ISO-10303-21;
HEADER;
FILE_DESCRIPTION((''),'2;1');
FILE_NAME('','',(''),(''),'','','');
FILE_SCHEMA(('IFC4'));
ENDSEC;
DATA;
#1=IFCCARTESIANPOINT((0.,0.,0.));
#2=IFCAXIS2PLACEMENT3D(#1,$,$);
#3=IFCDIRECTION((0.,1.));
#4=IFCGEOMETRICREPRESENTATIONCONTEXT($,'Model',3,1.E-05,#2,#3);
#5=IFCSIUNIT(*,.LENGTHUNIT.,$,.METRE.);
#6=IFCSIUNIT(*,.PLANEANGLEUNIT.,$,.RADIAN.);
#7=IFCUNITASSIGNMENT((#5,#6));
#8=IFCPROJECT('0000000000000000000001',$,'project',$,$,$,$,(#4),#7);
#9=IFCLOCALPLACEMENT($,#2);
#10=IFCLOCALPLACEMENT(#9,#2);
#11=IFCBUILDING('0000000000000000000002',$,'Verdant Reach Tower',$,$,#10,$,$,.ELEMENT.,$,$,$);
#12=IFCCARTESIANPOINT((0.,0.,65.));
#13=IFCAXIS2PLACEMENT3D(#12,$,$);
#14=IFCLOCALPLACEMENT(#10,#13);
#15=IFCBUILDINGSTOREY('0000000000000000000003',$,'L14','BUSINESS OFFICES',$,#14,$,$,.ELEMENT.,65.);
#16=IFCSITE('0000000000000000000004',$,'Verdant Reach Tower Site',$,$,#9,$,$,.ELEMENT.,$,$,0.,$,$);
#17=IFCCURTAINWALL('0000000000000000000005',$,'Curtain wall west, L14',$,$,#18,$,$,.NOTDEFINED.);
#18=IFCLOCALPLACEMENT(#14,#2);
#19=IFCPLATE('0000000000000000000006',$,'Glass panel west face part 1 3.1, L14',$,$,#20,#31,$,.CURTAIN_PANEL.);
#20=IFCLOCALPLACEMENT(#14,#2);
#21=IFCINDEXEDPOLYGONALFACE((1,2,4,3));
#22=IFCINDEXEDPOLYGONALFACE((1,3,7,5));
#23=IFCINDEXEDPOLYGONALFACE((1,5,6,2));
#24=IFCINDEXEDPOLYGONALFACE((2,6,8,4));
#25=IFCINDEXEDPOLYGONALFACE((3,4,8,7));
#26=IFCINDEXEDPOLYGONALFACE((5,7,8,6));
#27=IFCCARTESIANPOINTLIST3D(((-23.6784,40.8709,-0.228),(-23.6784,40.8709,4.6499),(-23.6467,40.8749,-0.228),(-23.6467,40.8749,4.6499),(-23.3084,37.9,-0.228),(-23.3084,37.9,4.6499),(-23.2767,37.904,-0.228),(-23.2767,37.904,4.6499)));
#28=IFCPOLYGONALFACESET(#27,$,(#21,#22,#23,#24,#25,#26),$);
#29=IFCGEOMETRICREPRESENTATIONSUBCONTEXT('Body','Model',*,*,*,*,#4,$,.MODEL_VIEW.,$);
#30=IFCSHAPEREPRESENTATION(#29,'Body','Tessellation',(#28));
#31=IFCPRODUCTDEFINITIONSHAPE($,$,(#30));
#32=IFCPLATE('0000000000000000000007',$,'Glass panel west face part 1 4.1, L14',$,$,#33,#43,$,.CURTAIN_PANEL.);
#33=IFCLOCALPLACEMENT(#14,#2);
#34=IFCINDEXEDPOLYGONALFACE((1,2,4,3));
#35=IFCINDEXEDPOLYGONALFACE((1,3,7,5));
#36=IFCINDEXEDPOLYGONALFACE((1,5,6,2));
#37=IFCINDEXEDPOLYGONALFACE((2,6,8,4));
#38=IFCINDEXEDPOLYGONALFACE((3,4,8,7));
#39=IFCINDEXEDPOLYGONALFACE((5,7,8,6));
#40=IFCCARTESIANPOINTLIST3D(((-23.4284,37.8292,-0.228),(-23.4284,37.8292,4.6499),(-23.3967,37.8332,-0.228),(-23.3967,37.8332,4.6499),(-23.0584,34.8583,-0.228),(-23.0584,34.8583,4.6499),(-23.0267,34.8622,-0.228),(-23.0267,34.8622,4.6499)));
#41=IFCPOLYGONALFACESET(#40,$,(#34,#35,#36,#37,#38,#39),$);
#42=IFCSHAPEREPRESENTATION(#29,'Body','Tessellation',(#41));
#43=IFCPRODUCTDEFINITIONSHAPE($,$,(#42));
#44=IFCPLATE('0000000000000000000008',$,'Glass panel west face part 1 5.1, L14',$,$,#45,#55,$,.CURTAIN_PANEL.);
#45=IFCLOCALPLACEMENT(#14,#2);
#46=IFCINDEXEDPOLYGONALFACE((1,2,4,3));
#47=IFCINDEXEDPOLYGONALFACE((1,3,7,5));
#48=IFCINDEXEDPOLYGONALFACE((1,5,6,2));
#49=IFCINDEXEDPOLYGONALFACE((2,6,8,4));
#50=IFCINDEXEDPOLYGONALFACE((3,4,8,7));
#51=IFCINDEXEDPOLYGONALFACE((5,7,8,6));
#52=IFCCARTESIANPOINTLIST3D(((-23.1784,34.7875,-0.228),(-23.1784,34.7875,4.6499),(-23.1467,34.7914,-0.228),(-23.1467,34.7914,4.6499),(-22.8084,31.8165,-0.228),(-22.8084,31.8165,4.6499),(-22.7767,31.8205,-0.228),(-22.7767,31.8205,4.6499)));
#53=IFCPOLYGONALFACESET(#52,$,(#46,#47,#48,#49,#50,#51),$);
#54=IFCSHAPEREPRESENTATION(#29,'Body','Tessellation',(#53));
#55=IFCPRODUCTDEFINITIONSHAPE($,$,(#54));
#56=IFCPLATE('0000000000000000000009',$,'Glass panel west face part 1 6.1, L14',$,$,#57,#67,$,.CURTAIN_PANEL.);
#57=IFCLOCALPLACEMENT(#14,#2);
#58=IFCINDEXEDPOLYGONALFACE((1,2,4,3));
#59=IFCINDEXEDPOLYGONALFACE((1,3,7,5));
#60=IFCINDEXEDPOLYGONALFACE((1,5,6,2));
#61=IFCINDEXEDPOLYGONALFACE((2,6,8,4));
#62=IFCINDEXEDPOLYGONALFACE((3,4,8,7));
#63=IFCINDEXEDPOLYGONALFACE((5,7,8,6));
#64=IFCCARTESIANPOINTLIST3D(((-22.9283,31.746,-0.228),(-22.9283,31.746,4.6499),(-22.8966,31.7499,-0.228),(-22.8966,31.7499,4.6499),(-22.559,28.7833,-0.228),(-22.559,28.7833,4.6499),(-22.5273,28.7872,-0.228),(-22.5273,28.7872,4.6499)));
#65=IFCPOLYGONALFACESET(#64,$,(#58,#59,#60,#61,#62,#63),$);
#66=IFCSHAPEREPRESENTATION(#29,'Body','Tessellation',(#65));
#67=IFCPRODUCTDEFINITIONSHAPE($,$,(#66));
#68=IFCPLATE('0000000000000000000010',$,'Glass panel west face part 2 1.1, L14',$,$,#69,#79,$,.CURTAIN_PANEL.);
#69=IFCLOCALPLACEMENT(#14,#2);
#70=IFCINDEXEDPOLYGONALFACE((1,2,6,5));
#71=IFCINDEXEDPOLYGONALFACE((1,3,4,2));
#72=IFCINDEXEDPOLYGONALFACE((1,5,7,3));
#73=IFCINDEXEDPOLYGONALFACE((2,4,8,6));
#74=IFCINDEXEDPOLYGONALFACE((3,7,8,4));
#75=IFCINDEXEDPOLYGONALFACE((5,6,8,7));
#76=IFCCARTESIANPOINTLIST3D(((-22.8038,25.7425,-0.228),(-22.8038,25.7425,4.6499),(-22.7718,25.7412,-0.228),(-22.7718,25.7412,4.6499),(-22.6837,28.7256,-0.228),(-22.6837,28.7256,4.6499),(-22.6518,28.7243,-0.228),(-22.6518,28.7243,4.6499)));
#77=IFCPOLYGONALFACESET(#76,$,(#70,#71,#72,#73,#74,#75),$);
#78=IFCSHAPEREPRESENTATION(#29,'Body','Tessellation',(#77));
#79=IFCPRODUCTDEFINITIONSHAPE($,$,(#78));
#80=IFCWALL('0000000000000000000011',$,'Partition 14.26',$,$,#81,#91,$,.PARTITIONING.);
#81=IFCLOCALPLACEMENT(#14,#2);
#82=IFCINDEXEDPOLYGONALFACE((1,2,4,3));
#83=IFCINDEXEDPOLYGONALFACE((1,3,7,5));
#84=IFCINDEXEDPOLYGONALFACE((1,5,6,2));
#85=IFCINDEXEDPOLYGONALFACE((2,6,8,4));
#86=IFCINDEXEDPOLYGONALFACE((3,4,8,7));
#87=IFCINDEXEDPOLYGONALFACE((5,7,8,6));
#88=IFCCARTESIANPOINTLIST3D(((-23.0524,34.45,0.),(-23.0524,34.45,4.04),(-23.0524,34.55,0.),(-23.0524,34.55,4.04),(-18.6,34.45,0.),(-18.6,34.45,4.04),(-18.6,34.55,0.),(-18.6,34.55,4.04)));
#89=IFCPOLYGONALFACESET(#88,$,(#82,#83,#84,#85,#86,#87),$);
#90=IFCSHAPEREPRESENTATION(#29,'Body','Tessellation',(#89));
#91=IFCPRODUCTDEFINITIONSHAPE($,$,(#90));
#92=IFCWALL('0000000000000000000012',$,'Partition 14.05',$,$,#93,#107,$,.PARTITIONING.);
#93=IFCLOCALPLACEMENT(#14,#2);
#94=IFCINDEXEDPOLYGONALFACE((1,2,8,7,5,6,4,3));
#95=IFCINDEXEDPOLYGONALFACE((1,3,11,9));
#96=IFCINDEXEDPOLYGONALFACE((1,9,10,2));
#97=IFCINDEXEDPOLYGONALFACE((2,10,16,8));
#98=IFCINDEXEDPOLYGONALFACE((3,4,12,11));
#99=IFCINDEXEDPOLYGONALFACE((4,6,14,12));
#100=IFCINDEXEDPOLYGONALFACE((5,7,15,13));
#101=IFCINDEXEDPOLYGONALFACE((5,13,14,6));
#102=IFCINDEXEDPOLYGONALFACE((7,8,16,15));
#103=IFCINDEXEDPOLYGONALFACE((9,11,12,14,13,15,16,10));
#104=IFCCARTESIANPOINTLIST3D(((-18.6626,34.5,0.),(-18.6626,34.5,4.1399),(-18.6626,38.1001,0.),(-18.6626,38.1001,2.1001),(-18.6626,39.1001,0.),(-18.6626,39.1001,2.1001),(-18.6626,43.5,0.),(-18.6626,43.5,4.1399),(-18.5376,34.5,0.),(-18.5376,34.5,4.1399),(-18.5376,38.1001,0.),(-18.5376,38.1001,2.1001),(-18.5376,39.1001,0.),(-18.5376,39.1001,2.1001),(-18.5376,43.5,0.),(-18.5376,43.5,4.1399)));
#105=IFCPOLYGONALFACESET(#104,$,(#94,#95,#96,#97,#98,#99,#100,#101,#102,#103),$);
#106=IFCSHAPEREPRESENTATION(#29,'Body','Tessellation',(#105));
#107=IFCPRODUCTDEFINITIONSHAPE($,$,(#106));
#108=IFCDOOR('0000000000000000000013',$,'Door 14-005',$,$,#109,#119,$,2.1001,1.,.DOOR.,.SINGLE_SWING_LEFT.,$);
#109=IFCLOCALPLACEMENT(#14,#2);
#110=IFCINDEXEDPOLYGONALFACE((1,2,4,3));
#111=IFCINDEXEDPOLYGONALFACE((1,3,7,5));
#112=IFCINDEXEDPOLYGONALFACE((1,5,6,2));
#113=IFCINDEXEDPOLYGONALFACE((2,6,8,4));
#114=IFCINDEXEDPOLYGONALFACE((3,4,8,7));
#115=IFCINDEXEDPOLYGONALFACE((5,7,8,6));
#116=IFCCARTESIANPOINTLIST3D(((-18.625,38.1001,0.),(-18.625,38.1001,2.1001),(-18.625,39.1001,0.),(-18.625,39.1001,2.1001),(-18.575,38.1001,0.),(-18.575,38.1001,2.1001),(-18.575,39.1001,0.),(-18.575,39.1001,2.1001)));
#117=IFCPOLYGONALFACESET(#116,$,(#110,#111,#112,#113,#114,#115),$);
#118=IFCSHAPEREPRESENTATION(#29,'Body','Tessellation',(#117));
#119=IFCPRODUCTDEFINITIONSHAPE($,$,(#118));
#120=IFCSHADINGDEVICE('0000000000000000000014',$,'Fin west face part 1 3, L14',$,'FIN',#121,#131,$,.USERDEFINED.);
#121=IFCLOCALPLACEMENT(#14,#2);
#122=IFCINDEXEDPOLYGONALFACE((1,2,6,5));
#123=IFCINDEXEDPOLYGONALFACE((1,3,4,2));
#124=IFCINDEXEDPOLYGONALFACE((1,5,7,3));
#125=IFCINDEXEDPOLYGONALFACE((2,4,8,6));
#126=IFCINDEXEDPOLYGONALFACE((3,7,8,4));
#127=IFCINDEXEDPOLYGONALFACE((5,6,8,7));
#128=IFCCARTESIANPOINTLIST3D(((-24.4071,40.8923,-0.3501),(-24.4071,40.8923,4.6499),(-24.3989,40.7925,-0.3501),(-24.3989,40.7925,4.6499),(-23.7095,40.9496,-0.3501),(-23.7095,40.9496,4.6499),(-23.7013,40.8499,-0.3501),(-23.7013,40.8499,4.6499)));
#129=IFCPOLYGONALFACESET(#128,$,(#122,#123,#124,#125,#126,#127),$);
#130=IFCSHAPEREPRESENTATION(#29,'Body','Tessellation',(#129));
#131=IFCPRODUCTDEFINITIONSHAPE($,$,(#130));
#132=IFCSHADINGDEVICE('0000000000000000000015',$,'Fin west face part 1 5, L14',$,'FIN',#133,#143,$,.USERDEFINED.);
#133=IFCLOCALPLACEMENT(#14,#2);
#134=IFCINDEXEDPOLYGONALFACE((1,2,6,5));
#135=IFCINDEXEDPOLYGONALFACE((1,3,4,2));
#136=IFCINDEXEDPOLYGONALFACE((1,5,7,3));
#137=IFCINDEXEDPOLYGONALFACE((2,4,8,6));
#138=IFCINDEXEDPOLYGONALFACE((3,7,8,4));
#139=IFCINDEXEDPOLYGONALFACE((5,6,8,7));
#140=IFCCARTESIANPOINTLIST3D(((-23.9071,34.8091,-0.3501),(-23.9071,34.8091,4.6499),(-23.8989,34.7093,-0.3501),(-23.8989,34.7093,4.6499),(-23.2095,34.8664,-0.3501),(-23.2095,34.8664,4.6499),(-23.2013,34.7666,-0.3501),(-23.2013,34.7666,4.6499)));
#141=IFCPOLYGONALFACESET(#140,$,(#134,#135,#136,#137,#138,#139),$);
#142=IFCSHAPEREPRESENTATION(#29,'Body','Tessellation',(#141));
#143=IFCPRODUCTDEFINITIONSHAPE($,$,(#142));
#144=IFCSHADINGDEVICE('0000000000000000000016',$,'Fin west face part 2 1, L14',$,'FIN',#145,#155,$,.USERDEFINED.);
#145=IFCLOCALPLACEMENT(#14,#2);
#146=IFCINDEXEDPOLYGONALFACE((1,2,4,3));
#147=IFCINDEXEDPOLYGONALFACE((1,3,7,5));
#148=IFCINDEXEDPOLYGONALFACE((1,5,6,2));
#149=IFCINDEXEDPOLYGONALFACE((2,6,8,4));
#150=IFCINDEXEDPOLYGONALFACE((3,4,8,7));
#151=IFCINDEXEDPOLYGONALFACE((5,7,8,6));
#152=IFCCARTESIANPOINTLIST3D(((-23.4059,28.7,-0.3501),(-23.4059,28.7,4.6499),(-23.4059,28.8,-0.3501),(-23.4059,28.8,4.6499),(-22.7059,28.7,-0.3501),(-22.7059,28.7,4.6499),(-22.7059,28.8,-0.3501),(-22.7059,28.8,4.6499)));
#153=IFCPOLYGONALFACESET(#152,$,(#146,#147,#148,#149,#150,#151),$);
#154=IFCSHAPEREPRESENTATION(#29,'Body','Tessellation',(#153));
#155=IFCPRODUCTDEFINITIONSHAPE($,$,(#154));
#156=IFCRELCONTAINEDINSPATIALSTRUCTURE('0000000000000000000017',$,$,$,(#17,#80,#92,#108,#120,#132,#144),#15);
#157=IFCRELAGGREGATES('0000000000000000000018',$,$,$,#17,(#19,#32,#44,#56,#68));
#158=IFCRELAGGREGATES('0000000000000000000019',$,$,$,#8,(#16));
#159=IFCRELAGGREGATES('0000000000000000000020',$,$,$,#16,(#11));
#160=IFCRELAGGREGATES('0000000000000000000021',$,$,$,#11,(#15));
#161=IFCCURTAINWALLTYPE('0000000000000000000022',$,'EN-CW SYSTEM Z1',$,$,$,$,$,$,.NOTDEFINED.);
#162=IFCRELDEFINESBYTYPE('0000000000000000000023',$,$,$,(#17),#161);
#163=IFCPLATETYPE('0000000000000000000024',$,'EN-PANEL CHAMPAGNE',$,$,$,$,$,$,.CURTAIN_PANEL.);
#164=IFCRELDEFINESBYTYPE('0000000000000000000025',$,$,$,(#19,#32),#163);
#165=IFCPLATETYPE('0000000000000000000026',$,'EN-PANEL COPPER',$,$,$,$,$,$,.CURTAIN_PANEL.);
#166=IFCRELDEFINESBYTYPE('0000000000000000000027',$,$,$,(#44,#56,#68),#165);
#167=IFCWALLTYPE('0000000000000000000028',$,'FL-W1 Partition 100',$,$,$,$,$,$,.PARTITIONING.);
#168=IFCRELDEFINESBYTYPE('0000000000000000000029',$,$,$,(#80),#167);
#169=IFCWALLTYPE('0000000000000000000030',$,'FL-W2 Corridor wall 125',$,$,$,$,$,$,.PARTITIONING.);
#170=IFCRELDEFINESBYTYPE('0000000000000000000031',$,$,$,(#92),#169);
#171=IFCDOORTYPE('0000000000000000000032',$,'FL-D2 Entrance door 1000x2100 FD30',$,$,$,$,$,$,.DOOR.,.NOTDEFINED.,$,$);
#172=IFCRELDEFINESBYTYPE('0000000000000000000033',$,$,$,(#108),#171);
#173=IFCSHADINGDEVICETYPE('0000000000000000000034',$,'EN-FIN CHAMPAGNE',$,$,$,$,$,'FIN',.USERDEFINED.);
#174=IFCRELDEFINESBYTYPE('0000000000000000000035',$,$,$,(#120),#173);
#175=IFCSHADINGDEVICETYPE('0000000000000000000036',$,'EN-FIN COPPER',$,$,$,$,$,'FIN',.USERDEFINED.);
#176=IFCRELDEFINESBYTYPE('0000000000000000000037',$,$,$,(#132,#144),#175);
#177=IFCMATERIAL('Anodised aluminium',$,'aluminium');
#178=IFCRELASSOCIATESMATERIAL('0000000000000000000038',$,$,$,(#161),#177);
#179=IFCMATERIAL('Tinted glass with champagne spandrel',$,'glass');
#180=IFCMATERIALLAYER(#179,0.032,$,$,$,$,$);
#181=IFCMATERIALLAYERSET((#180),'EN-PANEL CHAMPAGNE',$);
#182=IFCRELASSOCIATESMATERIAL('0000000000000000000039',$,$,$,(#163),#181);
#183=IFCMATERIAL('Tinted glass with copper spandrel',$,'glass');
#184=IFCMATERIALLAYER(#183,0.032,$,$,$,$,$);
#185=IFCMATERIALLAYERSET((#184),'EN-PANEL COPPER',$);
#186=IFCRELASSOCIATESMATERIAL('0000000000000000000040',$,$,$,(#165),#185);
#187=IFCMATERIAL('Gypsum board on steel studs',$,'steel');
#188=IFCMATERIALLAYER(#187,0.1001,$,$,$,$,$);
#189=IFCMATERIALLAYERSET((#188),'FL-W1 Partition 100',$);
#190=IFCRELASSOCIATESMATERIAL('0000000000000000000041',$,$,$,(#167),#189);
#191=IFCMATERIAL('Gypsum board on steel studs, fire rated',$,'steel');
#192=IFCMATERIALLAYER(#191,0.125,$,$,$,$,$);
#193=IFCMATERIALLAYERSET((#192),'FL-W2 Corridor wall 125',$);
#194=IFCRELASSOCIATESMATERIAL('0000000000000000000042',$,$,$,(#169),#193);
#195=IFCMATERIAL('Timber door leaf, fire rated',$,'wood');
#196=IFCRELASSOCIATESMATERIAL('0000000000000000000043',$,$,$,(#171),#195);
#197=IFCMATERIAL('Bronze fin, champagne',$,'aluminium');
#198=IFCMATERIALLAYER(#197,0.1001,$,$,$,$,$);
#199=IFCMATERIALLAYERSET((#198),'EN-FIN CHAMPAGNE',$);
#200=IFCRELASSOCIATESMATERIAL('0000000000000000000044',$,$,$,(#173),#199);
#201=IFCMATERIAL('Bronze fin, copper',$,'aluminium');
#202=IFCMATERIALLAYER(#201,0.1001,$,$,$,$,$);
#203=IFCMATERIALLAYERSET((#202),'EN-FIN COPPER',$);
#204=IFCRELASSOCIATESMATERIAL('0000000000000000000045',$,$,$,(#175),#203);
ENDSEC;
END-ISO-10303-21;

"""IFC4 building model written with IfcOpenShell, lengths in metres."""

from ifc_helpers import new_model, si_unit, direction, frame, frame_2d, origin, origin_2d, place, context, subcontext, project, spatial, rectangle, extrude, material, layer, layer_set, type_object, element, fill, aggregate, save


model = new_model("IFC4")

# Units and contexts
model_context = context("Model", 3, precision=1e-05, world=origin(), true_north=direction((0.0, 1.0)))
body_context = subcontext(model_context, "Body", "Model", "MODEL_VIEW")
ifc_project = project(units=[si_unit("LENGTHUNIT", "METRE"), si_unit("PLANEANGLEUNIT", "RADIAN")], contexts=[model_context])

# Site, building, storey
site_placement = place(None, origin())
site = spatial("IfcSite", under=ifc_project, at=site_placement, Name="Verdant Reach Tower Site", CompositionType="ELEMENT", RefElevation=0.0)
building_placement = place(site_placement, origin())
building = spatial("IfcBuilding", under=site, at=building_placement, Name="Verdant Reach Tower", CompositionType="ELEMENT")
storey_placement = place(building_placement, frame((0.0, 0.0, 65.0)))
storey = spatial("IfcBuildingStorey", under=building, at=storey_placement, Name="L14", Description="BUSINESS OFFICES", CompositionType="ELEMENT", Elevation=65.0)

# Curtain wall
ifc_material_1 = material(Name="Anodised aluminium", Category="aluminium")
curtain_wall_type = type_object("IfcCurtainWallType", Name="EN-CW SYSTEM Z1", PredefinedType="NOTDEFINED", material=ifc_material_1)
curtain_wall_placement = place(storey_placement, origin())
curtain_wall = element("IfcCurtainWall", 1, at=curtain_wall_placement, inside=storey, type_object=curtain_wall_type, Name="Curtain wall west, L14", PredefinedType="NOTDEFINED")

# Plates
ifc_material_2 = material(Name="Tinted glass with champagne spandrel", Category="glass")
ifc_layer_1 = layer(ifc_material_2, 0.032)
ifc_layer_set_1 = layer_set([ifc_layer_1], Name="EN-PANEL CHAMPAGNE")
plate_type_1 = type_object("IfcPlateType", Name="EN-PANEL CHAMPAGNE", PredefinedType="CURTAIN_PANEL", material=ifc_layer_set_1)
plate_1_placement = place(storey_placement, frame((-23.4775, 39.3875, -0.228), z_axis=(0.0, 0.0, 1.0), x_axis=(0.123579, -0.992335, 0.0)))
plate_1 = element("IfcPlate", 2, at=plate_1_placement, type_object=plate_type_1, Name="Glass panel west face part 1 3.1, L14", PredefinedType="CURTAIN_PANEL", context=body_context, shape_type="SweptSolid", body=[
    extrude(rectangle(XDim=2.9939, YDim=0.032, at=origin_2d()), origin(), (0.0, 0.0, 1.0), 4.8779),
])
plate_2_placement = place(storey_placement, frame((-23.2275, 36.3457, -0.228), z_axis=(0.0, 0.0, 1.0), x_axis=(0.123579, -0.992335, 0.0)))
plate_2 = element("IfcPlate", 3, at=plate_2_placement, type_object=plate_type_1, Name="Glass panel west face part 1 4.1, L14", PredefinedType="CURTAIN_PANEL", context=body_context, shape_type="SweptSolid", body=[
    extrude(rectangle(XDim=2.9939, YDim=0.032, at=origin_2d()), origin(), (0.0, 0.0, 1.0), 4.8779),
])
ifc_material_3 = material(Name="Tinted glass with copper spandrel", Category="glass")
ifc_layer_2 = layer(ifc_material_3, 0.032)
ifc_layer_set_2 = layer_set([ifc_layer_2], Name="EN-PANEL COPPER")
plate_type_2 = type_object("IfcPlateType", Name="EN-PANEL COPPER", PredefinedType="CURTAIN_PANEL", material=ifc_layer_set_2)
plate_3_placement = place(storey_placement, frame((-22.9775, 33.304, -0.228), z_axis=(0.0, 0.0, 1.0), x_axis=(0.123579, -0.992335, 0.0)))
plate_3 = element("IfcPlate", 4, at=plate_3_placement, type_object=plate_type_2, Name="Glass panel west face part 1 5.1, L14", PredefinedType="CURTAIN_PANEL", context=body_context, shape_type="SweptSolid", body=[
    extrude(rectangle(XDim=2.9939, YDim=0.032, at=origin_2d()), origin(), (0.0, 0.0, 1.0), 4.8779),
])
plate_4_placement = place(storey_placement, frame((-22.7278, 30.2666, -0.228), z_axis=(0.0, 0.0, 1.0), x_axis=(0.123691, -0.992321, 0.0)))
plate_4 = element("IfcPlate", 5, at=plate_4_placement, type_object=plate_type_2, Name="Glass panel west face part 1 6.1, L14", PredefinedType="CURTAIN_PANEL", context=body_context, shape_type="SweptSolid", body=[
    extrude(rectangle(XDim=2.9856, YDim=0.032, at=origin_2d()), origin(), (0.0, 0.0, 1.0), 4.8779),
])
plate_5_placement = place(storey_placement, frame((-22.7278, 27.2334, -0.228), z_axis=(0.0, 0.0, 1.0), x_axis=(-0.040222, -0.999191, 0.0)))
plate_5 = element("IfcPlate", 6, at=plate_5_placement, type_object=plate_type_2, Name="Glass panel west face part 2 1.1, L14", PredefinedType="CURTAIN_PANEL", context=body_context, shape_type="SweptSolid", body=[
    extrude(rectangle(XDim=2.9856, YDim=0.032, at=origin_2d()), origin(), (0.0, 0.0, 1.0), 4.8779),
])
aggregate(curtain_wall, [plate_1, plate_2, plate_3, plate_4, plate_5])

# Wall
ifc_material_4 = material(Name="Gypsum board on steel studs", Category="steel")
ifc_layer_3 = layer(ifc_material_4, 0.1001)
ifc_layer_set_3 = layer_set([ifc_layer_3], Name="FL-W1 Partition 100")
wall_type_1 = type_object("IfcWallType", Name="FL-W1 Partition 100", PredefinedType="PARTITIONING", material=ifc_layer_set_3)
wall_1_placement = place(storey_placement, frame((-18.6001, 34.5, 0.0), z_axis=(0.0, 0.0, 1.0), x_axis=(-1.0, 0.0, 0.0)))
element("IfcWall", 7, at=wall_1_placement, inside=storey, type_object=wall_type_1, Name="Partition 14.26", PredefinedType="PARTITIONING", context=body_context, shape_type="SweptSolid", body=[
    extrude(rectangle(XDim=4.4524, YDim=0.1001, at=frame_2d((2.2261, 0.0))), origin(), (0.0, 0.0, 1.0), 4.04),
])

# Wall, opening, door
ifc_material_5 = material(Name="Gypsum board on steel studs, fire rated", Category="steel")
ifc_layer_4 = layer(ifc_material_5, 0.125)
ifc_layer_set_4 = layer_set([ifc_layer_4], Name="FL-W2 Corridor wall 125")
wall_type_2 = type_object("IfcWallType", Name="FL-W2 Corridor wall 125", PredefinedType="PARTITIONING", material=ifc_layer_set_4)
wall_2_placement = place(storey_placement, frame((-18.6001, 34.5, 0.0), z_axis=(0.0, 0.0, 1.0), x_axis=(0.0, 1.0, 0.0)))
wall_2 = element("IfcWall", 8, at=wall_2_placement, inside=storey, type_object=wall_type_2, Name="Partition 14.05", PredefinedType="PARTITIONING", context=body_context, shape_type="SweptSolid", body=[
    extrude(rectangle(XDim=9.0, YDim=0.125, at=frame_2d((4.5, 0.0))), origin(), (0.0, 0.0, 1.0), 4.1399),
])
opening_placement = place(wall_2_placement, frame((3.6001, 0.0, 0.0)))
opening = element("IfcOpeningElement", 9, at=opening_placement, cuts=wall_2, PredefinedType="OPENING", context=body_context, shape_type="SweptSolid", body=[
    extrude(rectangle(XDim=1.0, YDim=2.1001, at=frame_2d((0.5, 1.05))), frame((0.0, 0.0725, 0.0), z_axis=(0.0, -1.0, 0.0), x_axis=(1.0, 0.0, 0.0)), (0.0, 0.0, 1.0), 0.145),
])
ifc_material_6 = material(Name="Timber door leaf, fire rated", Category="wood")
door_type = type_object("IfcDoorType", Name="FL-D2 Entrance door 1000x2100 FD30", OperationType="NOTDEFINED", PredefinedType="DOOR", material=ifc_material_6)
door_placement = place(opening_placement, origin())
door = element("IfcDoor", 10, at=door_placement, inside=storey, type_object=door_type, Name="Door 14-005", OperationType="SINGLE_SWING_LEFT", OverallHeight=2.1001, OverallWidth=1.0, PredefinedType="DOOR", context=body_context, shape_type="SweptSolid", body=[
    extrude(rectangle(XDim=1.0, YDim=2.1001, at=frame_2d((0.5, 1.05))), frame((0.0, 0.0249, 0.0), z_axis=(0.0, -1.0, 0.0), x_axis=(1.0, 0.0, 0.0)), (0.0, 0.0, 1.0), 0.05),
])
fill(opening, door)

# Shading devices
ifc_material_7 = material(Name="Bronze fin, champagne", Category="aluminium")
ifc_layer_5 = layer(ifc_material_7, 0.1001)
ifc_layer_set_5 = layer_set([ifc_layer_5], Name="EN-FIN CHAMPAGNE")
shading_device_type_1 = type_object("IfcShadingDeviceType", Name="EN-FIN CHAMPAGNE", ElementType="FIN", PredefinedType="USERDEFINED", material=ifc_layer_set_5)
shading_device_placement = place(storey_placement, frame((-24.0542, 40.8711, -0.3501), z_axis=(0.0, 0.0, 1.0), x_axis=(0.081916, -0.996639, 0.0)))
element("IfcShadingDevice", 11, at=shading_device_placement, inside=storey, type_object=shading_device_type_1, Name="Fin west face part 1 3, L14", ObjectType="FIN", PredefinedType="USERDEFINED", context=body_context, shape_type="SweptSolid", body=[
    extrude(rectangle(XDim=0.1001, YDim=0.7, at=origin_2d()), origin(), (0.0, 0.0, 1.0), 5.0),
])
ifc_material_8 = material(Name="Bronze fin, copper", Category="aluminium")
ifc_layer_6 = layer(ifc_material_8, 0.1001)
ifc_layer_set_6 = layer_set([ifc_layer_6], Name="EN-FIN COPPER")
shading_device_type_2 = type_object("IfcShadingDeviceType", Name="EN-FIN COPPER", ElementType="FIN", PredefinedType="USERDEFINED", material=ifc_layer_set_6)
for number, where, z_axis, x_axis, name in (
    (12, (-23.5542, 34.7878, -0.3501), (0.0, 0.0, 1.0), (0.081916, -0.996639, 0.0), "Fin west face part 1 5, L14"),
    (13, (-23.0559, 28.75, -0.3501), (0.0, 0.0, 1.0), (0.0, -1.0, 0.0), "Fin west face part 2 1, L14"),
):
    element("IfcShadingDevice", number, at=place(storey_placement, frame(where, z_axis=z_axis, x_axis=x_axis)), inside=storey, type_object=shading_device_type_2, Name=name, ObjectType="FIN", PredefinedType="USERDEFINED", context=body_context, shape_type="SweptSolid", body=[
        extrude(rectangle(XDim=0.1001, YDim=0.7, at=origin_2d()), origin(), (0.0, 0.0, 1.0), 5.0),
    ])

save(model, "model.ifc")
